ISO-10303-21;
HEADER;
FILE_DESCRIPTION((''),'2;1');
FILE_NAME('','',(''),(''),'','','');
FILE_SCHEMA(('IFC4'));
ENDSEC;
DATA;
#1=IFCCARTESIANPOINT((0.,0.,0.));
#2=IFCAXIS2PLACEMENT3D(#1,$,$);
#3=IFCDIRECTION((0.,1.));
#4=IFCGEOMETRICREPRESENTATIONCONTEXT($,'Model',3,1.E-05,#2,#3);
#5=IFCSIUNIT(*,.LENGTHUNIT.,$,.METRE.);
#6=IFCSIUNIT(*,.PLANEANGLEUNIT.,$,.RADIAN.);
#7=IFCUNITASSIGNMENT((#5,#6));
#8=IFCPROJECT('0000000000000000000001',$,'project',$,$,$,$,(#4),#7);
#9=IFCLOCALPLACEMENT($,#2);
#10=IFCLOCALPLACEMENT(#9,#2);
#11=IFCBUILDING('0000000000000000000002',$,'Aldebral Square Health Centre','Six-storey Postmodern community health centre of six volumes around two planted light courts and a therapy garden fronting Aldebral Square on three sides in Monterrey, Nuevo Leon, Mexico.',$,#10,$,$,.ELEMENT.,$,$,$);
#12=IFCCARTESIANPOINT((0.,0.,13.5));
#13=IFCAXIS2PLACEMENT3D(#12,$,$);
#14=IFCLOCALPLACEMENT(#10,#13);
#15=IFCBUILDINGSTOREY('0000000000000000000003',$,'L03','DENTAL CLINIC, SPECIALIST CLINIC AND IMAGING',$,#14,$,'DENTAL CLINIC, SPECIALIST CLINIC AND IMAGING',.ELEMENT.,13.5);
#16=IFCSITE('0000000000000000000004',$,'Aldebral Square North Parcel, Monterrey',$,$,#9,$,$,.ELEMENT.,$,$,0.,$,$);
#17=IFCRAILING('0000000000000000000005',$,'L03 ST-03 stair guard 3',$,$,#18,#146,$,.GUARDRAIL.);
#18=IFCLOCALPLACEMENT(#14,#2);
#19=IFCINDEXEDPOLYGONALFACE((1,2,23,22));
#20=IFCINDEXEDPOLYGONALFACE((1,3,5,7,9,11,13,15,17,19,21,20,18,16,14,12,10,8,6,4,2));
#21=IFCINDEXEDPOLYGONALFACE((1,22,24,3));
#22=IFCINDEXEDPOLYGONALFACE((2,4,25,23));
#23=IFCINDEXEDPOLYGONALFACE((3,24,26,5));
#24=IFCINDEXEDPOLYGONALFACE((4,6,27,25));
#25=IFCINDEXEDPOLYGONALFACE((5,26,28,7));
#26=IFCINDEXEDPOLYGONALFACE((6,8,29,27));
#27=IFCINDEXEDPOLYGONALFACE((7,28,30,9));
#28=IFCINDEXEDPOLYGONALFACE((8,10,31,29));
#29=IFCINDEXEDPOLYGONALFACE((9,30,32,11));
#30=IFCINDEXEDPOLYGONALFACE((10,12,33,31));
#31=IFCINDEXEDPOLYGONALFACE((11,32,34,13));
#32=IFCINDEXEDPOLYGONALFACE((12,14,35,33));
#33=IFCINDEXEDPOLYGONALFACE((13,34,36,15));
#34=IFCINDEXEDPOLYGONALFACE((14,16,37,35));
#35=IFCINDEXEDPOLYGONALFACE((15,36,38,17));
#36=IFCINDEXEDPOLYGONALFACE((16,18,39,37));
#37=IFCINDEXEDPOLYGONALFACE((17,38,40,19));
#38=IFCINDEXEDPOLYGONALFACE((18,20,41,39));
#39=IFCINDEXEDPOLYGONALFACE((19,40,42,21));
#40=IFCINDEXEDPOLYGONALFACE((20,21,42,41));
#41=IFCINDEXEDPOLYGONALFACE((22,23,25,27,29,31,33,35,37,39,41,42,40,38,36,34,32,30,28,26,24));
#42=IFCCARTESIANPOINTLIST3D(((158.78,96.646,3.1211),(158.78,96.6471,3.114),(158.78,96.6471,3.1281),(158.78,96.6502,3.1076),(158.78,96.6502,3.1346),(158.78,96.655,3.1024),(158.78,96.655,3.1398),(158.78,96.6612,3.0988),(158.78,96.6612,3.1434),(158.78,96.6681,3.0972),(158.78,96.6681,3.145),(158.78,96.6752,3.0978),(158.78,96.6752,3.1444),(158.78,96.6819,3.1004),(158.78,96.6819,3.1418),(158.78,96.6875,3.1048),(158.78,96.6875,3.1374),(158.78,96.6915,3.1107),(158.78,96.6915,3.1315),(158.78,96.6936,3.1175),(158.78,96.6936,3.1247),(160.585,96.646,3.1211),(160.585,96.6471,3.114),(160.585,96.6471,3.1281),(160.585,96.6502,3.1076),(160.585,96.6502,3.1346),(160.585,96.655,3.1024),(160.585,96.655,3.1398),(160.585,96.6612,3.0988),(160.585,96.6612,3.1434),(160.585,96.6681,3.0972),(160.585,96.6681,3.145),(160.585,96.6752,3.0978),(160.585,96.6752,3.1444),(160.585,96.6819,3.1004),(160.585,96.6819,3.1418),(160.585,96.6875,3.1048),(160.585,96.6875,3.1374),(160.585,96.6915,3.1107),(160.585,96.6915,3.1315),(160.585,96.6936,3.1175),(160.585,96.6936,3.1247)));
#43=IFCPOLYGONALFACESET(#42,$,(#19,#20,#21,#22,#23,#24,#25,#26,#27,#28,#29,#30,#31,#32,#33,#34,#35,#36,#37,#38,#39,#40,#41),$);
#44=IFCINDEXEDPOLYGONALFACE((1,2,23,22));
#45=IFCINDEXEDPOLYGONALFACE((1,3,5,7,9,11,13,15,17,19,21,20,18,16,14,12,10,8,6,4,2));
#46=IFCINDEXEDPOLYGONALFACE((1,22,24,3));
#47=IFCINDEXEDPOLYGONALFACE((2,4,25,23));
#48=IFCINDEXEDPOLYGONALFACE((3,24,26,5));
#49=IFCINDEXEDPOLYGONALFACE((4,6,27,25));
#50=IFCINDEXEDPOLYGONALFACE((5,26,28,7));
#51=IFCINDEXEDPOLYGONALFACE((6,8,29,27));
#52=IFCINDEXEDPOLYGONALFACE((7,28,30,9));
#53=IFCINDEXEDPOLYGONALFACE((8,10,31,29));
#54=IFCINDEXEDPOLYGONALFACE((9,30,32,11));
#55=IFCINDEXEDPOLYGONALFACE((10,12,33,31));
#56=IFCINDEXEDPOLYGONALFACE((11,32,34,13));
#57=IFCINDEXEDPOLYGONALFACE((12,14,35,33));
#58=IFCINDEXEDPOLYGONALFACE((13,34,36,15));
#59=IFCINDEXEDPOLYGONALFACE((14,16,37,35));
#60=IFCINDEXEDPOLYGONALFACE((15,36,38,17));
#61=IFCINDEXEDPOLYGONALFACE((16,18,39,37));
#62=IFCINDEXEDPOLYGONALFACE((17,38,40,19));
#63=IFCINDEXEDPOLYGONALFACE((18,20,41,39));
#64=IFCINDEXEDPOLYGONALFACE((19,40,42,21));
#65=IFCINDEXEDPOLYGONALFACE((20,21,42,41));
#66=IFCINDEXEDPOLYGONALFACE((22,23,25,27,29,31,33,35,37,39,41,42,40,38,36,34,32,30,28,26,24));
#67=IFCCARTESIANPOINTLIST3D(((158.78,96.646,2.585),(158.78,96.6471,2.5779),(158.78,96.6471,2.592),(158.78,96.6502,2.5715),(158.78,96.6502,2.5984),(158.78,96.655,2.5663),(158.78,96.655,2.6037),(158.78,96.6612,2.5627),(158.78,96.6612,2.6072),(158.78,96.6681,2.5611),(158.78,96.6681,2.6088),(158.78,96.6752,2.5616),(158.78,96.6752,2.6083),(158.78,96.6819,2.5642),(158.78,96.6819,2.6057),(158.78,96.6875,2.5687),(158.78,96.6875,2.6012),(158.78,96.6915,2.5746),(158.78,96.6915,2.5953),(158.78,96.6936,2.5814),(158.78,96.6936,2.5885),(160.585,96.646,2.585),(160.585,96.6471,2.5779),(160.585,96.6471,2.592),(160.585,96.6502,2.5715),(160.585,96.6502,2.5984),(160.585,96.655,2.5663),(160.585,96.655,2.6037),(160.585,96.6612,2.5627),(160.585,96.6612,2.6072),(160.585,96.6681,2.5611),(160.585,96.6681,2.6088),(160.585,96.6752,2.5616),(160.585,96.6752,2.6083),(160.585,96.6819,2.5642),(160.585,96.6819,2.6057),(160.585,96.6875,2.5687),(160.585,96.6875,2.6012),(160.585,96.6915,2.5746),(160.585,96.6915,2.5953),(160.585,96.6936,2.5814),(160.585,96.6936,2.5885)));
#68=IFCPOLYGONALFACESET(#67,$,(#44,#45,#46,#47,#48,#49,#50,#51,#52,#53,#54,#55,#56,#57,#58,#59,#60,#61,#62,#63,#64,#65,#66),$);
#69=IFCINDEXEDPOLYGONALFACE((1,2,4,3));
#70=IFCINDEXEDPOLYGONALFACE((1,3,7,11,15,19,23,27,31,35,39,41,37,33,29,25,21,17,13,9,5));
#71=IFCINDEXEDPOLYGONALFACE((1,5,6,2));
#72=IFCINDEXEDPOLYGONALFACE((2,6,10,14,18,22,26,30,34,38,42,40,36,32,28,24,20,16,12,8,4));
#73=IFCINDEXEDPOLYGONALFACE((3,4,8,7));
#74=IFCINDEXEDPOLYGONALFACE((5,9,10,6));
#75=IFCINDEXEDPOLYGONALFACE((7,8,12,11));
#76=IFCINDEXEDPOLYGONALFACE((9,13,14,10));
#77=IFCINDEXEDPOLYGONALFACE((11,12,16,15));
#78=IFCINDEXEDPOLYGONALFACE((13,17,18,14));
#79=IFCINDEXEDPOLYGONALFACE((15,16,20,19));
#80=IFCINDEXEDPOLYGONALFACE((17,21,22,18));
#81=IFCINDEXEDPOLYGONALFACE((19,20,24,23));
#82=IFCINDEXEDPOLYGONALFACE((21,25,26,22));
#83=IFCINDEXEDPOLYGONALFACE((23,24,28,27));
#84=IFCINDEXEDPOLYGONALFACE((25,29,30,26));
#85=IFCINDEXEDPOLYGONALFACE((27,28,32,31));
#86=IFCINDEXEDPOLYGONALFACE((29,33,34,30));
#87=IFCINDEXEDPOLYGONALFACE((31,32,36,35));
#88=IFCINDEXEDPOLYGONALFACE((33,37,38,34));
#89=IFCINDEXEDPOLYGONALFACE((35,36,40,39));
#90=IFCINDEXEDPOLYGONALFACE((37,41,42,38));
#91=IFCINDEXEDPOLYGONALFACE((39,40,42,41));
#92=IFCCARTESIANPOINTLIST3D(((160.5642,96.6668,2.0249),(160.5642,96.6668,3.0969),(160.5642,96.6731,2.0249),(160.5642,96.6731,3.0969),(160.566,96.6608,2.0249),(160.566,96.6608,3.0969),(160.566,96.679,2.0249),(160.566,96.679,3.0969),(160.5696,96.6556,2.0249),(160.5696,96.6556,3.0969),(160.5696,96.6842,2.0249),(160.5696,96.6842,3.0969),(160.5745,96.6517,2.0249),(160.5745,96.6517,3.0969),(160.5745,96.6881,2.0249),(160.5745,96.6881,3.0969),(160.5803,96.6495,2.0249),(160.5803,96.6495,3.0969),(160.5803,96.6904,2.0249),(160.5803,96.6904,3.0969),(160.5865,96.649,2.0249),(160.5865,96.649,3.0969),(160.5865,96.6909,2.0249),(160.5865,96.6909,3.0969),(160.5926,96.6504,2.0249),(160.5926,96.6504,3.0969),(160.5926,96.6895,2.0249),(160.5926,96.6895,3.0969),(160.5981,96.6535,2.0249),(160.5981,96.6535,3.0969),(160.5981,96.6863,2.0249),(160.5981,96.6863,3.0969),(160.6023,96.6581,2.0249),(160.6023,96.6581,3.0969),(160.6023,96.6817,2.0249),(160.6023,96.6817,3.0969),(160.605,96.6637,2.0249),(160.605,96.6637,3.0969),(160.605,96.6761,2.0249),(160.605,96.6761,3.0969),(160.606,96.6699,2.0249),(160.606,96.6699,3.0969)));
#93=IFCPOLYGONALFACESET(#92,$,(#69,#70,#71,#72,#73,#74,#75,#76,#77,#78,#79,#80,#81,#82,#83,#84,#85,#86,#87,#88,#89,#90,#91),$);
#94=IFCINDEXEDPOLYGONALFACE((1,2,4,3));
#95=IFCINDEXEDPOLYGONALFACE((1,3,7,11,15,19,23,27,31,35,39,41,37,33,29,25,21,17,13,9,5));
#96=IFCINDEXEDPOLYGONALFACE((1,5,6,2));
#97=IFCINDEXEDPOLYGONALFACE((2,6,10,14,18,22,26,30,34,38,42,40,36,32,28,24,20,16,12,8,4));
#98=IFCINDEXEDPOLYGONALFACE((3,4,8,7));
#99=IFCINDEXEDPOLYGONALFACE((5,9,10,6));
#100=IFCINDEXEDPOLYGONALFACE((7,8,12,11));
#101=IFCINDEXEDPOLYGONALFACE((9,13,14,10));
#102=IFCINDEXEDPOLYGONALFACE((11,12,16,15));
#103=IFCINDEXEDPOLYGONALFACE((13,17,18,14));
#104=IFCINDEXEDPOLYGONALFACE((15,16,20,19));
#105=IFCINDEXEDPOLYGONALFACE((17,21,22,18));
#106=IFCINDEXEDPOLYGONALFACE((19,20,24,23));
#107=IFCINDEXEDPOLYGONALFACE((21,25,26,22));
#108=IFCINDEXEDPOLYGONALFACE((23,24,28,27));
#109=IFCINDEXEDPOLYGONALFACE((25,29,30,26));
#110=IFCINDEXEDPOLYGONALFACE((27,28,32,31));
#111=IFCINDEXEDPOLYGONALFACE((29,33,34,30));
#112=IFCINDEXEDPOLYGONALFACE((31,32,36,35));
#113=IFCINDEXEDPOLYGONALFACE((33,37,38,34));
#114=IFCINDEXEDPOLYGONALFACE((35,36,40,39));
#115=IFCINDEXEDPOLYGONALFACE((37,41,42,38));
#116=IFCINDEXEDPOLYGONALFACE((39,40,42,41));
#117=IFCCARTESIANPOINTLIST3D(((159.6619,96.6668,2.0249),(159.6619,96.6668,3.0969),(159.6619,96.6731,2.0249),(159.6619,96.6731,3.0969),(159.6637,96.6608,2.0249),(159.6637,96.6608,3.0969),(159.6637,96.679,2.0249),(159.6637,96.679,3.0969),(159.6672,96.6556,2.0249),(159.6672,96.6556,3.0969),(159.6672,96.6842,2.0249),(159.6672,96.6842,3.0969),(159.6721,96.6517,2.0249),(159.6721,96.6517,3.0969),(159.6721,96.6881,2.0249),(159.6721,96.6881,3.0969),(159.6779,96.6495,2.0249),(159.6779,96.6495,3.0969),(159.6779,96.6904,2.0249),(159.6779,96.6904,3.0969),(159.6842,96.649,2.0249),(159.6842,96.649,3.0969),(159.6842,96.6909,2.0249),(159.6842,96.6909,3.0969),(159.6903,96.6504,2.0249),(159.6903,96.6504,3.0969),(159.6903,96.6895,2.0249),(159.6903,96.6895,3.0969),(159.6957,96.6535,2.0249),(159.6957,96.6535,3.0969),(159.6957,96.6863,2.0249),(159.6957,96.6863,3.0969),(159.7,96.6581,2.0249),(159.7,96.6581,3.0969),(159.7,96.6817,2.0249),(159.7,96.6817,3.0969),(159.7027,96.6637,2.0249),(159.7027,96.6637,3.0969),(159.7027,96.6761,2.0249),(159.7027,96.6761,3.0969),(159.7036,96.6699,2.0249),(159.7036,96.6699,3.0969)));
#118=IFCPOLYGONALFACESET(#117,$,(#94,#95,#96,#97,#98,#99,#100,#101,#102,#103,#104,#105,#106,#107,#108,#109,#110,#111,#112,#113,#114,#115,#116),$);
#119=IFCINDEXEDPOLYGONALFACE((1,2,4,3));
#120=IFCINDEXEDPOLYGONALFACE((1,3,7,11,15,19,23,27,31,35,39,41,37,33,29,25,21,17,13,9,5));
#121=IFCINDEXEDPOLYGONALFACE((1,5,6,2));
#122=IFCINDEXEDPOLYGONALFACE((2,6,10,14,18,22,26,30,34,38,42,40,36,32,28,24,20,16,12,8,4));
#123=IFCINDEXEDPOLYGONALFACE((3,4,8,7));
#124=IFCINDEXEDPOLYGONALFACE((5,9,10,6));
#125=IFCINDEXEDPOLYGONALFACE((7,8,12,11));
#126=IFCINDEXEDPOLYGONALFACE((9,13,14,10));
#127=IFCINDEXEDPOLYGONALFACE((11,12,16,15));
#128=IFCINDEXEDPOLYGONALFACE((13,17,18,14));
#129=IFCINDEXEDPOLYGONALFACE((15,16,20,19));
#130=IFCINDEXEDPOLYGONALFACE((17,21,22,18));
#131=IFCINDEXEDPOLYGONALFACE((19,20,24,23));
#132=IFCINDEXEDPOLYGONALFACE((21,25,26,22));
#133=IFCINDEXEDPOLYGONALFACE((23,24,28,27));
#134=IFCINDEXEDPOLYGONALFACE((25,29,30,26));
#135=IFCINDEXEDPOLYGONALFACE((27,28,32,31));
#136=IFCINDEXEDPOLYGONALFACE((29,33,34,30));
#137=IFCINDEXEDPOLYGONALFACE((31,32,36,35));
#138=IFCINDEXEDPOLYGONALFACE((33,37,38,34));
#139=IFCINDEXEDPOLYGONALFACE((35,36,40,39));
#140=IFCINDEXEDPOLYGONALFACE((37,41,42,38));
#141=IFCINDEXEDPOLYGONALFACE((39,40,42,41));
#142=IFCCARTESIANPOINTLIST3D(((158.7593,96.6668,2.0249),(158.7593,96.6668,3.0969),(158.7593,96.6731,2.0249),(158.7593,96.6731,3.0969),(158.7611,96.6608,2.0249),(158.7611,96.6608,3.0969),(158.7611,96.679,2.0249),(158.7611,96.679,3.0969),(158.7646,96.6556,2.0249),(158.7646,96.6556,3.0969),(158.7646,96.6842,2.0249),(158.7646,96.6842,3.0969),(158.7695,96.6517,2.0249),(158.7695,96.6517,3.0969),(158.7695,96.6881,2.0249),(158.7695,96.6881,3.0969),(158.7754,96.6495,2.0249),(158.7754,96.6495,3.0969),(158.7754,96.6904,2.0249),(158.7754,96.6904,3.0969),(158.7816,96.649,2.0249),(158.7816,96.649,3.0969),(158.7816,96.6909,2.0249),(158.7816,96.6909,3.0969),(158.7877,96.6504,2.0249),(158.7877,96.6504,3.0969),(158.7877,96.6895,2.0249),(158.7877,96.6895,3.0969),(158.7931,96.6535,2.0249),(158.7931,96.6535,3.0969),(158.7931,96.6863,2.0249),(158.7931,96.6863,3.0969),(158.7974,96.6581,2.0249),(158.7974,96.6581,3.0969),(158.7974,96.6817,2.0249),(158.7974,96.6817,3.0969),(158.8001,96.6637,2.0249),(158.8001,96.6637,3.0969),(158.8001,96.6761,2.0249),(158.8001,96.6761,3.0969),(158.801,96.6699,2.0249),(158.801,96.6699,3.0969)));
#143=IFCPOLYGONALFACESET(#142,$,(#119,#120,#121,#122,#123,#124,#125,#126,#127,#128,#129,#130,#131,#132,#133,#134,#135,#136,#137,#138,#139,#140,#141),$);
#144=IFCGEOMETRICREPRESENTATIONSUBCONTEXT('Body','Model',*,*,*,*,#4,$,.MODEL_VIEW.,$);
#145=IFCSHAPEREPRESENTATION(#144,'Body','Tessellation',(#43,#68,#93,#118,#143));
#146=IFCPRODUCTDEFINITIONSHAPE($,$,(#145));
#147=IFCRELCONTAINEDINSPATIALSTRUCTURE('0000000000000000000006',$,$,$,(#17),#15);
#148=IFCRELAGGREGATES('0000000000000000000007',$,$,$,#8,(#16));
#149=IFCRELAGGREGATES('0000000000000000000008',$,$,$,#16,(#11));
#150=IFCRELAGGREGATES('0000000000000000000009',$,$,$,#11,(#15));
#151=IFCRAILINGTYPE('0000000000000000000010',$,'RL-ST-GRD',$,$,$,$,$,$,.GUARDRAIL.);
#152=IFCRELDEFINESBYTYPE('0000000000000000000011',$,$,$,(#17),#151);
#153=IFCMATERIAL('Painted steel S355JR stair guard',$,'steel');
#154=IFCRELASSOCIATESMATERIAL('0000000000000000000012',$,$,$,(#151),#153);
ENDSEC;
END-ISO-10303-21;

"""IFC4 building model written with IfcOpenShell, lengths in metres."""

from ifc_helpers import new_model, si_unit, direction, frame, origin, origin_2d, place, context, subcontext, project, spatial, circle, extrude, material, type_object, element, save


model = new_model("IFC4")

# Units and contexts
model_context = context("Model", 3, precision=1e-05, world=origin(), true_north=direction((0.0, 1.0)))
body_context = subcontext(model_context, "Body", "Model", "MODEL_VIEW")
ifc_project = project(units=[si_unit("LENGTHUNIT", "METRE"), si_unit("PLANEANGLEUNIT", "RADIAN")], contexts=[model_context])

# Site, building, storey
site_placement = place(None, origin())
site = spatial("IfcSite", under=ifc_project, at=site_placement, Name="Aldebral Square North Parcel, Monterrey", CompositionType="ELEMENT", RefElevation=0.0)
building_placement = place(site_placement, origin())
building = spatial("IfcBuilding", under=site, at=building_placement, Name="Aldebral Square Health Centre", Description="Six-storey Postmodern community health centre of six volumes around two planted light courts and a therapy garden fronting Aldebral Square on three sides in Monterrey, Nuevo Leon, Mexico.", CompositionType="ELEMENT")
storey_placement = place(building_placement, frame((0.0, 0.0, 13.5)))
storey = spatial("IfcBuildingStorey", under=building, at=storey_placement, Name="L03", Description="DENTAL CLINIC, SPECIALIST CLINIC AND IMAGING", LongName="DENTAL CLINIC, SPECIALIST CLINIC AND IMAGING", CompositionType="ELEMENT", Elevation=13.5)

# Railing
ifc_material_1 = material(Name="Painted steel S355JR stair guard", Category="steel")
railing_type_1 = type_object("IfcRailingType", Name="RL-ST-GRD", PredefinedType="GUARDRAIL", material=ifc_material_1)
for number, where, name in (
    (1, (160.585, 96.6699, 2.0249), "L03 ST-03 stair guard 3"),
):
    element("IfcRailing", number, at=place(storey_placement, frame(where)), inside=storey, type_object=railing_type_1, Name=name, PredefinedType="GUARDRAIL", context=body_context, shape_type="SweptSolid", body=[
        extrude(circle(Radius=0.0239, at=origin_2d()), frame((0.0, 0.0, 1.0962), z_axis=(-1.0, 0.0, 0.0), x_axis=(0.0, -1.0, 0.0)), (0.0, 0.0, 1.0), 1.8049),
        extrude(circle(Radius=0.0239, at=origin_2d()), frame((0.0, 0.0, 0.5601), z_axis=(-1.0, 0.0, 0.0), x_axis=(0.0, -1.0, 0.0)), (0.0, 0.0, 1.0), 1.8049),
        extrude(circle(Radius=0.021, at=origin_2d()), origin(), (0.0, 0.0, 1.0), 1.072),
        extrude(circle(Radius=0.021, at=origin_2d()), frame((-0.9023, 0.0, 0.0)), (0.0, 0.0, 1.0), 1.072),
        extrude(circle(Radius=0.021, at=origin_2d()), frame((-1.8049, 0.0, 0.0)), (0.0, 0.0, 1.0), 1.072),
    ])

save(model, "model.ifc")
